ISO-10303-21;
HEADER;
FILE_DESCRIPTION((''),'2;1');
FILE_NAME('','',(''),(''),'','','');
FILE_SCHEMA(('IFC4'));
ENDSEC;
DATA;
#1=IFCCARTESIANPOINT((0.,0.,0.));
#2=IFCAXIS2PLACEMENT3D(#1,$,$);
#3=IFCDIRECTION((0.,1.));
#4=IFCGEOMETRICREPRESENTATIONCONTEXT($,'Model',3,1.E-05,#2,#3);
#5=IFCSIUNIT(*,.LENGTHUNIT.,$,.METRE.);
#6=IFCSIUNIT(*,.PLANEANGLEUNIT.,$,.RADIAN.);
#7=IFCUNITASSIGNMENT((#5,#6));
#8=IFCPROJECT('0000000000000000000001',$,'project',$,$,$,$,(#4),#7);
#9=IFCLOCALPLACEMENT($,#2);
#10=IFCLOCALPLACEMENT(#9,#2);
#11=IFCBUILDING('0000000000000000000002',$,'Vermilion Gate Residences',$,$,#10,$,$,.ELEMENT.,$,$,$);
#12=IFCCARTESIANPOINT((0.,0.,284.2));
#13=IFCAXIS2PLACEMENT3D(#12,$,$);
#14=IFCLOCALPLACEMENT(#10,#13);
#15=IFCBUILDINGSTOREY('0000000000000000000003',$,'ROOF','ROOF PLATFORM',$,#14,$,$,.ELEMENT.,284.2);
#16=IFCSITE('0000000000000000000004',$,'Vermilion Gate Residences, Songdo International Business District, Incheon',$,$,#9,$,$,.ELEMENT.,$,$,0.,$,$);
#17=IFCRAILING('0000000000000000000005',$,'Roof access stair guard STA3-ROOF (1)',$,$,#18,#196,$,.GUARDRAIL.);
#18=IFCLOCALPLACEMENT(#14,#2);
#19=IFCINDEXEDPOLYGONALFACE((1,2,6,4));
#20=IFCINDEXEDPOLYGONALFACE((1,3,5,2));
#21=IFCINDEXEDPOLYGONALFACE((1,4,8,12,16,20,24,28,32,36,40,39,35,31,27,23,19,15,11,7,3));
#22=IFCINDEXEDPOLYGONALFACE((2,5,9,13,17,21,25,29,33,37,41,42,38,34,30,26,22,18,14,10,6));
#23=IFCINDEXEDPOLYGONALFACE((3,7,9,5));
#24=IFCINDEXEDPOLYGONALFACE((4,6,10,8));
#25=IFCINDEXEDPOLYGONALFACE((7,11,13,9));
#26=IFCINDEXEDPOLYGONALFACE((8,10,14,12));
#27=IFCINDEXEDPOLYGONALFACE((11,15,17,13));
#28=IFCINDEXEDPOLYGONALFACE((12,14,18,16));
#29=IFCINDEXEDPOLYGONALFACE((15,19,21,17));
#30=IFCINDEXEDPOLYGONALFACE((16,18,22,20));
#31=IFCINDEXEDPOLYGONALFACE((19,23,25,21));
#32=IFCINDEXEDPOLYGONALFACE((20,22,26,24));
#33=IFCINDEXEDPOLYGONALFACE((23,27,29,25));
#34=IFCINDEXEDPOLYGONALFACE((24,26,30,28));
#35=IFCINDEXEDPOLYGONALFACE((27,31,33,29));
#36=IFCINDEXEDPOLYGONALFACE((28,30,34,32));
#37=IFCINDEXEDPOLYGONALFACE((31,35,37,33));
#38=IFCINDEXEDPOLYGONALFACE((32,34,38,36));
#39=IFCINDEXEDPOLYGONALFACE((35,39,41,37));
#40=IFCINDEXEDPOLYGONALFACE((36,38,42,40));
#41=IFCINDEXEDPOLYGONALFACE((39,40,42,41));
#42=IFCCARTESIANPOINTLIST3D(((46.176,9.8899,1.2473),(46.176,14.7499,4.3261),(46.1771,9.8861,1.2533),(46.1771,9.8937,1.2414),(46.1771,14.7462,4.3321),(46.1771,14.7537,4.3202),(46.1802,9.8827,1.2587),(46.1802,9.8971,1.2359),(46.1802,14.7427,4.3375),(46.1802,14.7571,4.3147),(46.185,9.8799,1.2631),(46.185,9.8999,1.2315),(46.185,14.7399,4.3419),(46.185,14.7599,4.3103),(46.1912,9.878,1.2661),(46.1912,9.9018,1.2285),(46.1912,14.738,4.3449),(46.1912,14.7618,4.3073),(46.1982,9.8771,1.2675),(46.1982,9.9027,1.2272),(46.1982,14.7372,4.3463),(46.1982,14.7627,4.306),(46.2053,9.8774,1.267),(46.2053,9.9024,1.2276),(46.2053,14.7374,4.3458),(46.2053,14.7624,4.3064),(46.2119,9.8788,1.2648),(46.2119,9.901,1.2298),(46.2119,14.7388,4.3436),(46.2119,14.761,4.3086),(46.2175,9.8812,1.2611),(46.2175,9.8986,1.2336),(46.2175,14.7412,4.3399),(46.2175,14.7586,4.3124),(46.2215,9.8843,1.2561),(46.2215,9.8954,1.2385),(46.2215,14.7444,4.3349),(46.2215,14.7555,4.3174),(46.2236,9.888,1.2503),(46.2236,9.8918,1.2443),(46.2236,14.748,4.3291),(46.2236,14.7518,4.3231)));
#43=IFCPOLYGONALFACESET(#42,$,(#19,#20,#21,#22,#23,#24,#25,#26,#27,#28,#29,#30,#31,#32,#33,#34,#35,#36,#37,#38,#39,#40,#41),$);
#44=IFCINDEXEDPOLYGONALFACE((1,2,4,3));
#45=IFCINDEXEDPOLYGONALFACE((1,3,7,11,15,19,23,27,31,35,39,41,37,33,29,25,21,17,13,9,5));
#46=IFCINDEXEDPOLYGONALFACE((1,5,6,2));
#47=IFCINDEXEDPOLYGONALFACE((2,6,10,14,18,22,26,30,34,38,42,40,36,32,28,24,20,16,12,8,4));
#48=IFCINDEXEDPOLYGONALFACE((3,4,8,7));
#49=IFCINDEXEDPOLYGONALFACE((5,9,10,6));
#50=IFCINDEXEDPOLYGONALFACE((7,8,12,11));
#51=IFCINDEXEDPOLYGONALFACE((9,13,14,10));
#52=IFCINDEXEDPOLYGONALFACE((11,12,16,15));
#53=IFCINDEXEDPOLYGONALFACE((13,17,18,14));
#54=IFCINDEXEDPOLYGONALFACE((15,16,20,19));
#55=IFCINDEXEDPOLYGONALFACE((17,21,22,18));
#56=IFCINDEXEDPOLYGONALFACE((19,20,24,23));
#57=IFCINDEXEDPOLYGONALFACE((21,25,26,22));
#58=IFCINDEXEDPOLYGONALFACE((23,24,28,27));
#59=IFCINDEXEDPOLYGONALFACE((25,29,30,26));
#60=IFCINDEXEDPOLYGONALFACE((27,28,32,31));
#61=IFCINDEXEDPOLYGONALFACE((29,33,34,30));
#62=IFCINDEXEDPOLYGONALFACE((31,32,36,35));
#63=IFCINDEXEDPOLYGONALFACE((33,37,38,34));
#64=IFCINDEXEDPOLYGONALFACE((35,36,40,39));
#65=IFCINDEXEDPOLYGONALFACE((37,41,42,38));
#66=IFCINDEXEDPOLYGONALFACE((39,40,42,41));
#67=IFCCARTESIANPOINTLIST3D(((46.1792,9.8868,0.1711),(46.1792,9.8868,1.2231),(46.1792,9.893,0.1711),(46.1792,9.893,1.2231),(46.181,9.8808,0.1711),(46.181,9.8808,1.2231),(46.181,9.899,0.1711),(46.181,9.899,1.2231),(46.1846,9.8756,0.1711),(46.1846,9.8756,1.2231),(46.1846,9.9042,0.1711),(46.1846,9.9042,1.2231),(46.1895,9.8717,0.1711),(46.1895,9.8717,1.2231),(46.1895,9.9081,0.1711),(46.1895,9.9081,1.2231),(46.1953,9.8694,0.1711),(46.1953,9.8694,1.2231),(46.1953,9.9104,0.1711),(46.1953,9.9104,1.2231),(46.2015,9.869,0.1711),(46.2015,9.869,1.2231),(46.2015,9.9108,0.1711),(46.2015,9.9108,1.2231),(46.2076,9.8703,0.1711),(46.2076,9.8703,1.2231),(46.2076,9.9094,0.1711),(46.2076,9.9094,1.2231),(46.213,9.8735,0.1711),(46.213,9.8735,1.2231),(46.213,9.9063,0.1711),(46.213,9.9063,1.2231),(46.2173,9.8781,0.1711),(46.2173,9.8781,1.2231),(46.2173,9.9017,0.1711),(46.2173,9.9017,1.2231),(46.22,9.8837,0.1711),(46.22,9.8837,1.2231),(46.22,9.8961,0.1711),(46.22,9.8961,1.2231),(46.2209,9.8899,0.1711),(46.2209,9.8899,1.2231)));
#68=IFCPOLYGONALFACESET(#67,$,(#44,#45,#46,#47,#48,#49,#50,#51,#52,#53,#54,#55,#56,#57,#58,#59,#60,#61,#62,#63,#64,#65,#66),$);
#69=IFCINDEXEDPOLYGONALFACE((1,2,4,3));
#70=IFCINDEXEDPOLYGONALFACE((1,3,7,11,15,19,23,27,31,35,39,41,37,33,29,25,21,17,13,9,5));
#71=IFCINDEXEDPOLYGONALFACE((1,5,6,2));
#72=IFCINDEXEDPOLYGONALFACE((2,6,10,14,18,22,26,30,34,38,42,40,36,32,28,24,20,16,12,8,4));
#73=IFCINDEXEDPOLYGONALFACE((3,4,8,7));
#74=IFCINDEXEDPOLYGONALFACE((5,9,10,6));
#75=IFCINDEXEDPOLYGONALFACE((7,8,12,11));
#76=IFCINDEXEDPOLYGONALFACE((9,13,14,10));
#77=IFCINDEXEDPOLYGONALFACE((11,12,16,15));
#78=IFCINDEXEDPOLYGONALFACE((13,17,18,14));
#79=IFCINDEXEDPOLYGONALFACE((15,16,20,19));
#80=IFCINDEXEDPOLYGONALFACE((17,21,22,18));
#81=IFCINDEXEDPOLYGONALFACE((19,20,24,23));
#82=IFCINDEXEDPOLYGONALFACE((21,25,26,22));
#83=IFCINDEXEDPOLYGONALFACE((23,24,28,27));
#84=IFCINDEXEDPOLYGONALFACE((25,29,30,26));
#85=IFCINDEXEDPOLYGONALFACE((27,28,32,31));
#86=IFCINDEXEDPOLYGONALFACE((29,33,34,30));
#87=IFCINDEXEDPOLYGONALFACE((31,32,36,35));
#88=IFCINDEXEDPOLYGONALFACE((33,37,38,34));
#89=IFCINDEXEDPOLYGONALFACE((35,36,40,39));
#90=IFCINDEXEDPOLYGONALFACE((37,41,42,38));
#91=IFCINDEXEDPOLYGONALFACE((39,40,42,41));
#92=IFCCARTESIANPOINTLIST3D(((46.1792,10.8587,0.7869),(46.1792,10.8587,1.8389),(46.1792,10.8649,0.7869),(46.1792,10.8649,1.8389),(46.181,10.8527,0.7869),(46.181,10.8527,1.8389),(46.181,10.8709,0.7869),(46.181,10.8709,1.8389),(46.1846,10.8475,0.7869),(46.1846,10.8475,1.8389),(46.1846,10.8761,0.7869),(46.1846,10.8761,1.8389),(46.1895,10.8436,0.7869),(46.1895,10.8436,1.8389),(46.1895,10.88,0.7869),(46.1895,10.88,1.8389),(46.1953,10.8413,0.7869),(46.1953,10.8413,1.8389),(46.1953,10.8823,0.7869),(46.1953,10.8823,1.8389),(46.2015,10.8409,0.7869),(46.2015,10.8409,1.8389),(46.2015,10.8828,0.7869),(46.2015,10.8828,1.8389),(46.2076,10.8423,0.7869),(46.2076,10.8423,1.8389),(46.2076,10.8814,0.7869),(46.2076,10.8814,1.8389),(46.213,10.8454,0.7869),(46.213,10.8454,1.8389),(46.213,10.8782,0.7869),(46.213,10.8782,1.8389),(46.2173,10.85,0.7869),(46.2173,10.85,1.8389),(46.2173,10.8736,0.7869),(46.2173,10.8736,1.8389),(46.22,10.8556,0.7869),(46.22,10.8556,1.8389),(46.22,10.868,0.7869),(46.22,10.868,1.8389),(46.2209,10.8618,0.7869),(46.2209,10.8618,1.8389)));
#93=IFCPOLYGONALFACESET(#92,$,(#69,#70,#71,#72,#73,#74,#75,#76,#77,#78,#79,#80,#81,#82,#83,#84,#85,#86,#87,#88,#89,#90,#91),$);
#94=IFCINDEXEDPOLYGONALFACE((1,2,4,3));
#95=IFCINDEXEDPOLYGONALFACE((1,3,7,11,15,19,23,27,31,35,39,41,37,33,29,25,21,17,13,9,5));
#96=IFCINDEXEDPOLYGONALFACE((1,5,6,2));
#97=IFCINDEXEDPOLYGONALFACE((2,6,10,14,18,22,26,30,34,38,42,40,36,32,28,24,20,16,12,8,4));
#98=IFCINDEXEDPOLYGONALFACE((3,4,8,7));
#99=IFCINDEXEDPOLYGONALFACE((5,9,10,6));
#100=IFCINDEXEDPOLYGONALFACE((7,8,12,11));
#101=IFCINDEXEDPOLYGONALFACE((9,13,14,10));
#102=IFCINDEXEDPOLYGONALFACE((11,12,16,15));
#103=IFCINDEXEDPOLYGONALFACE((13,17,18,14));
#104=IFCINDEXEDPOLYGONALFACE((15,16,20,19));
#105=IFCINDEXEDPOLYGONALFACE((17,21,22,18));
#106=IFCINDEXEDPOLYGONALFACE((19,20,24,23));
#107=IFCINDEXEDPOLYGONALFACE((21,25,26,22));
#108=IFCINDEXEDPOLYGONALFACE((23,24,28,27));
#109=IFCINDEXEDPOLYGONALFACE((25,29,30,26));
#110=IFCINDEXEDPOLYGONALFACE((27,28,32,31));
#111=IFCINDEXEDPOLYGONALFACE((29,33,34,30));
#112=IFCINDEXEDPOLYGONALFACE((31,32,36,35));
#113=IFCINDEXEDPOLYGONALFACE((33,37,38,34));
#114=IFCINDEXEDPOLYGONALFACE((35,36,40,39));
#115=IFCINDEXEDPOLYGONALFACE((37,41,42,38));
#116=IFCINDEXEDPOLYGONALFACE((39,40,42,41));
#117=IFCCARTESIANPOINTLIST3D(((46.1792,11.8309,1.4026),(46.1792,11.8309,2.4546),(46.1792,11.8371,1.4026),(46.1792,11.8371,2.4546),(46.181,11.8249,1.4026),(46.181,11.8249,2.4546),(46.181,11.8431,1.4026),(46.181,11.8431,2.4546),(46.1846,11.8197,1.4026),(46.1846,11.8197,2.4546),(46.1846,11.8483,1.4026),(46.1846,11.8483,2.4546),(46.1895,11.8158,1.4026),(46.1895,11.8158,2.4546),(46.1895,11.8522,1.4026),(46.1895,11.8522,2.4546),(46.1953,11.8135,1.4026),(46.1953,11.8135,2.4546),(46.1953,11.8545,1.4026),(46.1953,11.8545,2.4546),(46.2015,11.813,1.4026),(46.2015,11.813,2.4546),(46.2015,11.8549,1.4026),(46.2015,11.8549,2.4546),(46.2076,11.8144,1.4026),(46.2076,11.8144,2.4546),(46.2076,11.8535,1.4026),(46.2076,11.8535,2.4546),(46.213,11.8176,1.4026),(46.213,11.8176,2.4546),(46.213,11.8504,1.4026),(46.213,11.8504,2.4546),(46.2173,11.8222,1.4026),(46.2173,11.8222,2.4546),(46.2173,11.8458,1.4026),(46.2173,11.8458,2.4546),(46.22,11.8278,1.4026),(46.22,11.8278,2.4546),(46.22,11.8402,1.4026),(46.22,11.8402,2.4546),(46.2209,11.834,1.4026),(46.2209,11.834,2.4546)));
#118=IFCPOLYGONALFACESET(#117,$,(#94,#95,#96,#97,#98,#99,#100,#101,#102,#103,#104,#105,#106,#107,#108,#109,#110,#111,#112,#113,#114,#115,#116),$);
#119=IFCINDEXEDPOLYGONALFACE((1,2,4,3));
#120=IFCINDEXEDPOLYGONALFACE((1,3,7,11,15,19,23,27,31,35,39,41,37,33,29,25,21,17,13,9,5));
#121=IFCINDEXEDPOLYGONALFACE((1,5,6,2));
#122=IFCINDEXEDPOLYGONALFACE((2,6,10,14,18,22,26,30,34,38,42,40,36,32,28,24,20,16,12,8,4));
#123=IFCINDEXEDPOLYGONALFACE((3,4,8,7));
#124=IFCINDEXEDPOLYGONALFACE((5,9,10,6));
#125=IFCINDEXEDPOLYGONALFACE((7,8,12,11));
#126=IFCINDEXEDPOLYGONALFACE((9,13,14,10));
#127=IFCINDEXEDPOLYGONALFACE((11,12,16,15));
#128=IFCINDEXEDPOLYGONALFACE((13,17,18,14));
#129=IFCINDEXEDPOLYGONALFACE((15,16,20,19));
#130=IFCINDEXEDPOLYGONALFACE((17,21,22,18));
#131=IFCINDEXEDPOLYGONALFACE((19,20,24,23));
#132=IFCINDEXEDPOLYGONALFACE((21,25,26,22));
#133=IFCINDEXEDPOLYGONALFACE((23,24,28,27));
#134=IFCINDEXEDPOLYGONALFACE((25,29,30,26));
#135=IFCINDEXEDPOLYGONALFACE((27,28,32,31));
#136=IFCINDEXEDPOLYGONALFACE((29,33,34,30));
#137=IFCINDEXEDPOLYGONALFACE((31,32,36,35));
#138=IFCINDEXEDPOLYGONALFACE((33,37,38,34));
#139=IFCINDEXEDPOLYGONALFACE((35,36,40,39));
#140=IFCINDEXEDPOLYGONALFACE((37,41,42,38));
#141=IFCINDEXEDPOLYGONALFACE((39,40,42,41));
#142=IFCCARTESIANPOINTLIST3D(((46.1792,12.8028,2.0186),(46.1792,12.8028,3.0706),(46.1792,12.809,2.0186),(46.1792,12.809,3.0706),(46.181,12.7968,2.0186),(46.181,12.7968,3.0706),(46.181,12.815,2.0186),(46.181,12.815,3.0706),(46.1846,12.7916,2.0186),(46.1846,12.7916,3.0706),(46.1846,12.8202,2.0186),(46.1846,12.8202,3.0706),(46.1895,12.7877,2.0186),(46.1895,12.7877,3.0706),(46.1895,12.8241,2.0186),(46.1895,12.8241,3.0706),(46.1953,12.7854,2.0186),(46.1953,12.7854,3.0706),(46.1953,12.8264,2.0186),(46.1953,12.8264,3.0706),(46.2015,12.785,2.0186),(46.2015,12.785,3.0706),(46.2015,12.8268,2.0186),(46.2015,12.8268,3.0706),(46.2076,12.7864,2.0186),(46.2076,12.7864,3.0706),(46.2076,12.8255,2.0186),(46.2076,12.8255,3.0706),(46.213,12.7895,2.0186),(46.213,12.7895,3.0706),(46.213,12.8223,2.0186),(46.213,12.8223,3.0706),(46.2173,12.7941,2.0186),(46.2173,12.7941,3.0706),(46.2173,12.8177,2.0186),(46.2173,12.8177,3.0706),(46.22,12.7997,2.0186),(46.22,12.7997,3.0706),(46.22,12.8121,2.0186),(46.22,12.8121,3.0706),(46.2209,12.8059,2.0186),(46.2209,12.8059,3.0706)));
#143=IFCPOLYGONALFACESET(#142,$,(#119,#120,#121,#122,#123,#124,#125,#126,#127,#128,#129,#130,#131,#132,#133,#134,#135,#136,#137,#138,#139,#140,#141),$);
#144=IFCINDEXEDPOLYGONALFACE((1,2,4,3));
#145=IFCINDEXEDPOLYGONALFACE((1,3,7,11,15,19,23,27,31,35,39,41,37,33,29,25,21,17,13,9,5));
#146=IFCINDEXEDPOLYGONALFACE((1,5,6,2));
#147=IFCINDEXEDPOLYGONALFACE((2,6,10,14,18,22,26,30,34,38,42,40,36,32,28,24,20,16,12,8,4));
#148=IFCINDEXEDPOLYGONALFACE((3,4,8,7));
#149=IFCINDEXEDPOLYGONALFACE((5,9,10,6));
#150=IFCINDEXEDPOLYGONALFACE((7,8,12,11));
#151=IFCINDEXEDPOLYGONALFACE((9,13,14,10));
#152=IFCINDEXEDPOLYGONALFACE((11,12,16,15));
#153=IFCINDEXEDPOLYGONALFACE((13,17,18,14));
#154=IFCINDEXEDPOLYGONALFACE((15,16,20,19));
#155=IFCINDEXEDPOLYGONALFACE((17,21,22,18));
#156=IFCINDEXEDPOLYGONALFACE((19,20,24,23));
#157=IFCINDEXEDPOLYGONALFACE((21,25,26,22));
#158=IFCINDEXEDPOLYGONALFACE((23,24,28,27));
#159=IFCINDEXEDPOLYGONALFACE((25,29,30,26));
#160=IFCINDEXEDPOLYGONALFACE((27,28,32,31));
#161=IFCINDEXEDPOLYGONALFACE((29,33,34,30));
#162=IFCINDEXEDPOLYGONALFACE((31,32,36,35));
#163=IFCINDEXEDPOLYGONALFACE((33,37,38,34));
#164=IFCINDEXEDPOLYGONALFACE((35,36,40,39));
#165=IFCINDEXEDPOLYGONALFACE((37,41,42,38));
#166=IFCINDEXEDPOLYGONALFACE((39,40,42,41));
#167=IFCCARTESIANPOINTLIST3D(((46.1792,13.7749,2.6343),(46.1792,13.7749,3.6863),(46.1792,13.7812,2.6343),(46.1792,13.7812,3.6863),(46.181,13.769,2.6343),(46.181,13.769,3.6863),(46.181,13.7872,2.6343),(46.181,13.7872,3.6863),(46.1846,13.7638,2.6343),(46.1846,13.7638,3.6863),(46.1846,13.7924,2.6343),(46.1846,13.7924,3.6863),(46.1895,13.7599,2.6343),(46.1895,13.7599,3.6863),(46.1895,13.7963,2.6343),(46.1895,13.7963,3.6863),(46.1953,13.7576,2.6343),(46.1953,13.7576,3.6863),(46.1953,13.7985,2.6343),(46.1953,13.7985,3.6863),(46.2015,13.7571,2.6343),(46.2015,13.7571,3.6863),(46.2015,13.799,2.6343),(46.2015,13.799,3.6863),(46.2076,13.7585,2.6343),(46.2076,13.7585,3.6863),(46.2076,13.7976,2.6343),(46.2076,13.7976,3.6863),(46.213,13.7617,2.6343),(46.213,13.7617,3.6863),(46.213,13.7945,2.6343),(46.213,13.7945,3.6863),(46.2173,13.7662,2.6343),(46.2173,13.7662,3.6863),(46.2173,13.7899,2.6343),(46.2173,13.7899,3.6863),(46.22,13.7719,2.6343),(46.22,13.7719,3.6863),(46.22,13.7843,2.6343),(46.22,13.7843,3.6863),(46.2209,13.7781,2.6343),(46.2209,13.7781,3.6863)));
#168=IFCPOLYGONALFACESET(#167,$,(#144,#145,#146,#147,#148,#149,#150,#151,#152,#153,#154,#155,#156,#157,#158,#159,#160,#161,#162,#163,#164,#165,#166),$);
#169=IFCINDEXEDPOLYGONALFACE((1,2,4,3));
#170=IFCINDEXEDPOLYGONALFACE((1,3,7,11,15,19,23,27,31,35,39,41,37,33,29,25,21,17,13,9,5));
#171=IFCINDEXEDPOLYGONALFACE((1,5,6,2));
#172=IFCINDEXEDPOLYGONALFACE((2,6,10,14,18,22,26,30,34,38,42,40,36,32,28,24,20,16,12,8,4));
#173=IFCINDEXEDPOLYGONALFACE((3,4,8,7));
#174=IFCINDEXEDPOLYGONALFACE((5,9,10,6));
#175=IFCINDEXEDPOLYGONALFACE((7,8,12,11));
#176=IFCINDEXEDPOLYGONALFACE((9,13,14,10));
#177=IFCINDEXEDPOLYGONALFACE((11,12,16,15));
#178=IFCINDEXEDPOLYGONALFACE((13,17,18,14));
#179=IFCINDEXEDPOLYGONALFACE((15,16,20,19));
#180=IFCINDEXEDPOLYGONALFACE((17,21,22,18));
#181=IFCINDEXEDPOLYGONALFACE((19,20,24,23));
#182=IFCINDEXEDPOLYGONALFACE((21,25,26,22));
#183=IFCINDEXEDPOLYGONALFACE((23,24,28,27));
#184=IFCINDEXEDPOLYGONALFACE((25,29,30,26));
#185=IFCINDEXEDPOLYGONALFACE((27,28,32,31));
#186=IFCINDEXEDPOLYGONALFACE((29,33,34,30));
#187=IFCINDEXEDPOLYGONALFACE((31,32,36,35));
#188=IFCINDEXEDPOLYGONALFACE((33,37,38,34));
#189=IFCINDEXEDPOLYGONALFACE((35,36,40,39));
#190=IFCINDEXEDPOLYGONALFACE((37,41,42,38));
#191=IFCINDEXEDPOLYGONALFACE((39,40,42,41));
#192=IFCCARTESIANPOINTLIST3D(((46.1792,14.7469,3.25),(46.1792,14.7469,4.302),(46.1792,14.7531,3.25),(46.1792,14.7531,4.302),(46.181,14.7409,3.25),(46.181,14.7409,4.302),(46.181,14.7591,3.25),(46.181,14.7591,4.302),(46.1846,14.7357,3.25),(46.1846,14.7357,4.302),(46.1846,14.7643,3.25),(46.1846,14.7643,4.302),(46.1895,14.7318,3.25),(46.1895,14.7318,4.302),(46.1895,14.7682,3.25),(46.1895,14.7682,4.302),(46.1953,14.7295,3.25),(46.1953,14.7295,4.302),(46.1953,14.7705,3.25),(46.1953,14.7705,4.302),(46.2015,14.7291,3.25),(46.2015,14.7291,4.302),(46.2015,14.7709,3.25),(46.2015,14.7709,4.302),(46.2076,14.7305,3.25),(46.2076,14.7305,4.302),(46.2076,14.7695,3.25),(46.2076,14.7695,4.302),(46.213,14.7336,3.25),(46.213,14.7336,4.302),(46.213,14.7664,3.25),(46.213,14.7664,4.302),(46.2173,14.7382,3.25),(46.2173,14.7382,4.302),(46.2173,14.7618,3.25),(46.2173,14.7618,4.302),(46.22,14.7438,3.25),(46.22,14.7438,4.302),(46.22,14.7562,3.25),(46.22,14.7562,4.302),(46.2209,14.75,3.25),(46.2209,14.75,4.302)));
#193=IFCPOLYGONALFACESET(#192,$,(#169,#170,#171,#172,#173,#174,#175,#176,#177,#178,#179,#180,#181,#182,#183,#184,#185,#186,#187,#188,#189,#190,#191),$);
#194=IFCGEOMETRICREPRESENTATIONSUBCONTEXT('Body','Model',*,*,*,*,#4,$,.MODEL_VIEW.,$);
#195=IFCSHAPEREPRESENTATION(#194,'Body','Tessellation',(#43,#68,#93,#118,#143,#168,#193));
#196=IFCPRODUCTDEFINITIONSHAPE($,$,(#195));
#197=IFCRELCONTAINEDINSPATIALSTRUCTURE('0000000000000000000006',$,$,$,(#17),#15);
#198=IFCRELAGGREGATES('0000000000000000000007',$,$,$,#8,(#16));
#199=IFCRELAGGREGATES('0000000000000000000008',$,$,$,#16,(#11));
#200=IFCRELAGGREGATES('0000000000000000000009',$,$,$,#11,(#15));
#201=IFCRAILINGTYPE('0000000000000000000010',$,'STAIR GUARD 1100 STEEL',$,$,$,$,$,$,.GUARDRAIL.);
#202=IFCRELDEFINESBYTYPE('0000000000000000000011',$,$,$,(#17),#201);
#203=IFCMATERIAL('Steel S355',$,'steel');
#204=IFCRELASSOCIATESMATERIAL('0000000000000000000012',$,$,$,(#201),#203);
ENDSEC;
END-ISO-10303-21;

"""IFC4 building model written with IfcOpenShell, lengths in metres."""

from ifc_helpers import new_model, si_unit, direction, frame, origin, origin_2d, place, context, subcontext, project, spatial, circle, extrude, material, type_object, element, save


model = new_model("IFC4")

# Units and contexts
model_context = context("Model", 3, precision=1e-05, world=origin(), true_north=direction((0.0, 1.0)))
body_context = subcontext(model_context, "Body", "Model", "MODEL_VIEW")
ifc_project = project(units=[si_unit("LENGTHUNIT", "METRE"), si_unit("PLANEANGLEUNIT", "RADIAN")], contexts=[model_context])

# Site, building, storey
site_placement = place(None, origin())
site = spatial("IfcSite", under=ifc_project, at=site_placement, Name="Vermilion Gate Residences, Songdo International Business District, Incheon", CompositionType="ELEMENT", RefElevation=0.0)
building_placement = place(site_placement, origin())
building = spatial("IfcBuilding", under=site, at=building_placement, Name="Vermilion Gate Residences", CompositionType="ELEMENT")
storey_placement = place(building_placement, frame((0.0, 0.0, 284.2)))
storey = spatial("IfcBuildingStorey", under=building, at=storey_placement, Name="ROOF", Description="ROOF PLATFORM", CompositionType="ELEMENT", Elevation=284.2)

# Railing
ifc_material_1 = material(Name="Steel S355", Category="steel")
railing_type = type_object("IfcRailingType", Name="STAIR GUARD 1100 STEEL", PredefinedType="GUARDRAIL", material=ifc_material_1)
for number, where, name in (
    (1, (46.2, 9.8899, 0.1711), "Roof access stair guard STA3-ROOF (1)"),
):
    element("IfcRailing", number, at=place(storey_placement, frame(where)), inside=storey, type_object=railing_type, Name=name, PredefinedType="GUARDRAIL", context=body_context, shape_type="SweptSolid", body=[
        extrude(circle(Radius=0.0239, at=origin_2d()), frame((0.0, 0.0, 1.0762), z_axis=(0.0, 0.844757, 0.53515), x_axis=(-1.0, 0.0, 0.0)), (0.0, 0.0, 1.0), 5.7532),
        extrude(circle(Radius=0.021, at=origin_2d()), origin(), (0.0, 0.0, 1.0), 1.052),
        extrude(circle(Radius=0.021, at=origin_2d()), frame((0.0, 0.9719, 0.6157)), (0.0, 0.0, 1.0), 1.052),
        extrude(circle(Radius=0.021, at=origin_2d()), frame((0.0, 1.9441, 1.2314)), (0.0, 0.0, 1.0), 1.052),
        extrude(circle(Radius=0.021, at=origin_2d()), frame((0.0, 2.916, 1.8474)), (0.0, 0.0, 1.0), 1.052),
        extrude(circle(Radius=0.021, at=origin_2d()), frame((0.0, 3.8882, 2.4631)), (0.0, 0.0, 1.0), 1.052),
        extrude(circle(Radius=0.021, at=origin_2d()), frame((0.0, 4.8601, 3.0789)), (0.0, 0.0, 1.0), 1.052),
    ])

save(model, "model.ifc")
